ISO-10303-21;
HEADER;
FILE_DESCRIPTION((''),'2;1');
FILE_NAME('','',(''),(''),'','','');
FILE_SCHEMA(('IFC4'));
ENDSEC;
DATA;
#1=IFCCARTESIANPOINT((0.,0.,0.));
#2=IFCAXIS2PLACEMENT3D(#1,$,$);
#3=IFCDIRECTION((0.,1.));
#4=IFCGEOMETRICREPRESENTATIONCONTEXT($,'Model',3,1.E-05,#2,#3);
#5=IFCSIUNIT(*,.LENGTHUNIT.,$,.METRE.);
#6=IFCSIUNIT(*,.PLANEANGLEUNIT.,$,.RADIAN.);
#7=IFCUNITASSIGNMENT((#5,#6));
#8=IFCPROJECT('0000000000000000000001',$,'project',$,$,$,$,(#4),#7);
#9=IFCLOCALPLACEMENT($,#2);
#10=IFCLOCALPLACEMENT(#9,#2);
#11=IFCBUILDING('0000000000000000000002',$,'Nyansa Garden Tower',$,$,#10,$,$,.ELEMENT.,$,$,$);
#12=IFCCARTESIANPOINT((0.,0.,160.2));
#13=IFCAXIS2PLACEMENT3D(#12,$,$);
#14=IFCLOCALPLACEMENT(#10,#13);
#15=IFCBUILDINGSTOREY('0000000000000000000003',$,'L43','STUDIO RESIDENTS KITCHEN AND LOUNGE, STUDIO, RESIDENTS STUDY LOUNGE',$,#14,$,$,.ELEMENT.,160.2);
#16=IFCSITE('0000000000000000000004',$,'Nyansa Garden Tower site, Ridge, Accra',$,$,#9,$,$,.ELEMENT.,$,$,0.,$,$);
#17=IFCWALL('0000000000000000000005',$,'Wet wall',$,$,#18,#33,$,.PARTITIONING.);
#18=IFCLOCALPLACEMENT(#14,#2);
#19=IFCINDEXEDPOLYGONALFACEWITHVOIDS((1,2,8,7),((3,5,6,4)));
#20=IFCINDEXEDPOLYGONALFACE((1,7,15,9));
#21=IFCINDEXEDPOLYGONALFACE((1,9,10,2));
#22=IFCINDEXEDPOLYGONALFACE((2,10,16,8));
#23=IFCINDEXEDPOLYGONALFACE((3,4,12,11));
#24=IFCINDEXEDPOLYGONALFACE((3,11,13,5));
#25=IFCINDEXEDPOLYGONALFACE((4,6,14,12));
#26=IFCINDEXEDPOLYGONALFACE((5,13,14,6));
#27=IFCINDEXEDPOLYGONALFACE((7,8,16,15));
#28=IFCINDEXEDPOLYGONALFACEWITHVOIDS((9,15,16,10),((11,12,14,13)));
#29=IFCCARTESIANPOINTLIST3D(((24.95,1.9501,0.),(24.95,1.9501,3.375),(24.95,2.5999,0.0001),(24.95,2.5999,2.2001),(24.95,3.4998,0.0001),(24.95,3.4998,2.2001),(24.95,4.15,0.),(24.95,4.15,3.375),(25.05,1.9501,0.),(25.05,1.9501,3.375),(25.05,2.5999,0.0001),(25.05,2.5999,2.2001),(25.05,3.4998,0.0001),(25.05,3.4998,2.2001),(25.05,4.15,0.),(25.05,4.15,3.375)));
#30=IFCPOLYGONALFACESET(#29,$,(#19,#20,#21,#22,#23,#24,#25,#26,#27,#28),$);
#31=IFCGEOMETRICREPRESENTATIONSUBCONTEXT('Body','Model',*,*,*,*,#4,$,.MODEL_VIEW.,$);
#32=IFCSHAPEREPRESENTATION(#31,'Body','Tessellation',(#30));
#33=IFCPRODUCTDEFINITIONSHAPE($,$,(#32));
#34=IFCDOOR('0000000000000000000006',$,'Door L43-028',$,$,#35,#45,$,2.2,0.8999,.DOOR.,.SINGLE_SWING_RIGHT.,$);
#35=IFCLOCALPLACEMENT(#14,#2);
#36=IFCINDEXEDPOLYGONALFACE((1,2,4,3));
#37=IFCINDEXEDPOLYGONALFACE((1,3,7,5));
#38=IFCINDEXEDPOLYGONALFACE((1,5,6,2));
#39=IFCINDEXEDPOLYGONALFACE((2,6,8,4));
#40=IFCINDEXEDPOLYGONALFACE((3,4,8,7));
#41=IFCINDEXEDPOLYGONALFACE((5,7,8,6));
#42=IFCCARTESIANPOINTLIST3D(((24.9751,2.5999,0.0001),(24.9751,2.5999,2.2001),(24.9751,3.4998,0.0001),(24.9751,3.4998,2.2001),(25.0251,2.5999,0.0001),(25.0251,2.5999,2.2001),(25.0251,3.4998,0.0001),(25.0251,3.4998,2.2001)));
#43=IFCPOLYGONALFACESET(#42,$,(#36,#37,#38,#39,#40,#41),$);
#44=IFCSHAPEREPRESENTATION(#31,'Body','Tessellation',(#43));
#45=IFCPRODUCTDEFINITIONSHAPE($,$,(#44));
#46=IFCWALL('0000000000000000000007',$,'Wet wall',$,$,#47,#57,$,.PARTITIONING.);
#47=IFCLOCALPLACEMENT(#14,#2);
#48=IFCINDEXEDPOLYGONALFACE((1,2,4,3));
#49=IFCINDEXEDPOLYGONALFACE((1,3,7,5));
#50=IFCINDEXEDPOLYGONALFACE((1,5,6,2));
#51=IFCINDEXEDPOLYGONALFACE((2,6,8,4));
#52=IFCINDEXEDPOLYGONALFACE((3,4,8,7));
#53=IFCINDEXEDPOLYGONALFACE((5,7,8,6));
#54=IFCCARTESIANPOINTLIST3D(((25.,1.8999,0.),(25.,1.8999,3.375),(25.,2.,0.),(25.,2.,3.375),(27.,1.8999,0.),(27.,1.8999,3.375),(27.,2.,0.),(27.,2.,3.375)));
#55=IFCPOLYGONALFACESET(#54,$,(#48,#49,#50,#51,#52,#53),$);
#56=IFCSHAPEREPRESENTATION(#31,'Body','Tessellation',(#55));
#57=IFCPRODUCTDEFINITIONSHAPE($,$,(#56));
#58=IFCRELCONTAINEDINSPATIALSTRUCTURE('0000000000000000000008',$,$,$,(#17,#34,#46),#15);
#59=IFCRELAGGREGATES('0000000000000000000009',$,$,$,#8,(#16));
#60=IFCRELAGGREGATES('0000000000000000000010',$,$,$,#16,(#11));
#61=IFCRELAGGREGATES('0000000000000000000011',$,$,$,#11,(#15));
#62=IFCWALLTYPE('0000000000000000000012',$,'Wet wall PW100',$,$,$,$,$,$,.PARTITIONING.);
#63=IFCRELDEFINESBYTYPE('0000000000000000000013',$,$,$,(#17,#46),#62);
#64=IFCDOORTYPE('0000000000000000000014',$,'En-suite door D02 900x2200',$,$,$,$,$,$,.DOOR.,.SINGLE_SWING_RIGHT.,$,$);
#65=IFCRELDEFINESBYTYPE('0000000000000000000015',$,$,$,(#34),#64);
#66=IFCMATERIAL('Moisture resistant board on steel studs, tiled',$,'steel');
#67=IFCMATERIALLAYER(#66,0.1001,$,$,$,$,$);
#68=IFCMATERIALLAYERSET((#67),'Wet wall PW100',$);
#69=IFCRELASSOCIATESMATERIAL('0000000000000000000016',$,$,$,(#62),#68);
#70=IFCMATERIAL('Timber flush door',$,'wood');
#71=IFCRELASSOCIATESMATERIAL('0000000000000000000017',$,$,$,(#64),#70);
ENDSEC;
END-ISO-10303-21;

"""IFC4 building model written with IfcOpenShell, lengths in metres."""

from ifc_helpers import new_model, si_unit, direction, frame, frame_2d, origin, place, context, subcontext, project, spatial, rectangle, extrude, material, layer, layer_set, type_object, element, fill, save


model = new_model("IFC4")

# Units and contexts
model_context = context("Model", 3, precision=1e-05, world=origin(), true_north=direction((0.0, 1.0)))
body_context = subcontext(model_context, "Body", "Model", "MODEL_VIEW")
ifc_project = project(units=[si_unit("LENGTHUNIT", "METRE"), si_unit("PLANEANGLEUNIT", "RADIAN")], contexts=[model_context])

# Site, building, storey
site_placement = place(None, origin())
site = spatial("IfcSite", under=ifc_project, at=site_placement, Name="Nyansa Garden Tower site, Ridge, Accra", CompositionType="ELEMENT", RefElevation=0.0)
building_placement = place(site_placement, origin())
building = spatial("IfcBuilding", under=site, at=building_placement, Name="Nyansa Garden Tower", CompositionType="ELEMENT")
storey_placement = place(building_placement, frame((0.0, 0.0, 160.2)))
storey = spatial("IfcBuildingStorey", under=building, at=storey_placement, Name="L43", Description="STUDIO RESIDENTS KITCHEN AND LOUNGE, STUDIO, RESIDENTS STUDY LOUNGE", CompositionType="ELEMENT", Elevation=160.2)

# Shared definitions
ifc_material_1 = material(Name="Moisture resistant board on steel studs, tiled", Category="steel")
ifc_layer_1 = layer(ifc_material_1, 0.1001)
ifc_layer_set_1 = layer_set([ifc_layer_1], Name="Wet wall PW100")
wall_type_1 = type_object("IfcWallType", Name="Wet wall PW100", PredefinedType="PARTITIONING", material=ifc_layer_set_1)
ifc_material_2 = material(Name="Timber flush door", Category="wood")
door_type_1 = type_object("IfcDoorType", Name="En-suite door D02 900x2200", OperationType="SINGLE_SWING_RIGHT", PredefinedType="DOOR", material=ifc_material_2)

# Wall, opening, door
wall_1_placement = place(storey_placement, frame((25.0, 1.95, 0.0), z_axis=(0.0, 0.0, 1.0), x_axis=(0.0, 1.0, 0.0)))
wall_1 = element("IfcWall", 1, at=wall_1_placement, inside=storey, type_object=wall_type_1, Name="Wet wall", PredefinedType="PARTITIONING", context=body_context, shape_type="SweptSolid", body=[
    extrude(rectangle(XDim=2.2, YDim=0.1001, at=frame_2d((1.1001, 0.0))), origin(), (0.0, 0.0, 1.0), 3.375),
])
opening_1_placement = place(wall_1_placement, frame((0.6499, 0.0, 0.0)))
opening_1 = element("IfcOpeningElement", 2, at=opening_1_placement, cuts=wall_1, PredefinedType="OPENING", context=body_context, shape_type="SweptSolid", body=[
    extrude(rectangle(XDim=0.8999, YDim=2.2, at=frame_2d((0.45, 1.1001))), frame((0.0, 0.0601, 0.0), z_axis=(0.0, -1.0, 0.0), x_axis=(1.0, 0.0, 0.0)), (0.0, 0.0, 1.0), 0.1201),
])
door_1_placement = place(opening_1_placement, origin())
door_1 = element("IfcDoor", 3, at=door_1_placement, inside=storey, type_object=door_type_1, Name="Door L43-028", OperationType="SINGLE_SWING_RIGHT", OverallHeight=2.2, OverallWidth=0.8999, PredefinedType="DOOR", context=body_context, shape_type="SweptSolid", body=[
    extrude(rectangle(XDim=0.8999, YDim=2.2, at=frame_2d((0.45, 1.1001))), frame((0.0, 0.0249, 0.0), z_axis=(0.0, -1.0, 0.0), x_axis=(1.0, 0.0, 0.0)), (0.0, 0.0, 1.0), 0.05),
])
fill(opening_1, door_1)

# Wall
wall_2_placement = place(storey_placement, frame((25.0, 1.95, 0.0), z_axis=(0.0, 0.0, 1.0), x_axis=(1.0, 0.0, 0.0)))
element("IfcWall", 4, at=wall_2_placement, inside=storey, type_object=wall_type_1, Name="Wet wall", PredefinedType="PARTITIONING", context=body_context, shape_type="SweptSolid", body=[
    extrude(rectangle(XDim=2.0, YDim=0.1001, at=frame_2d((1.0, 0.0))), origin(), (0.0, 0.0, 1.0), 3.375),
])

save(model, "model.ifc")
